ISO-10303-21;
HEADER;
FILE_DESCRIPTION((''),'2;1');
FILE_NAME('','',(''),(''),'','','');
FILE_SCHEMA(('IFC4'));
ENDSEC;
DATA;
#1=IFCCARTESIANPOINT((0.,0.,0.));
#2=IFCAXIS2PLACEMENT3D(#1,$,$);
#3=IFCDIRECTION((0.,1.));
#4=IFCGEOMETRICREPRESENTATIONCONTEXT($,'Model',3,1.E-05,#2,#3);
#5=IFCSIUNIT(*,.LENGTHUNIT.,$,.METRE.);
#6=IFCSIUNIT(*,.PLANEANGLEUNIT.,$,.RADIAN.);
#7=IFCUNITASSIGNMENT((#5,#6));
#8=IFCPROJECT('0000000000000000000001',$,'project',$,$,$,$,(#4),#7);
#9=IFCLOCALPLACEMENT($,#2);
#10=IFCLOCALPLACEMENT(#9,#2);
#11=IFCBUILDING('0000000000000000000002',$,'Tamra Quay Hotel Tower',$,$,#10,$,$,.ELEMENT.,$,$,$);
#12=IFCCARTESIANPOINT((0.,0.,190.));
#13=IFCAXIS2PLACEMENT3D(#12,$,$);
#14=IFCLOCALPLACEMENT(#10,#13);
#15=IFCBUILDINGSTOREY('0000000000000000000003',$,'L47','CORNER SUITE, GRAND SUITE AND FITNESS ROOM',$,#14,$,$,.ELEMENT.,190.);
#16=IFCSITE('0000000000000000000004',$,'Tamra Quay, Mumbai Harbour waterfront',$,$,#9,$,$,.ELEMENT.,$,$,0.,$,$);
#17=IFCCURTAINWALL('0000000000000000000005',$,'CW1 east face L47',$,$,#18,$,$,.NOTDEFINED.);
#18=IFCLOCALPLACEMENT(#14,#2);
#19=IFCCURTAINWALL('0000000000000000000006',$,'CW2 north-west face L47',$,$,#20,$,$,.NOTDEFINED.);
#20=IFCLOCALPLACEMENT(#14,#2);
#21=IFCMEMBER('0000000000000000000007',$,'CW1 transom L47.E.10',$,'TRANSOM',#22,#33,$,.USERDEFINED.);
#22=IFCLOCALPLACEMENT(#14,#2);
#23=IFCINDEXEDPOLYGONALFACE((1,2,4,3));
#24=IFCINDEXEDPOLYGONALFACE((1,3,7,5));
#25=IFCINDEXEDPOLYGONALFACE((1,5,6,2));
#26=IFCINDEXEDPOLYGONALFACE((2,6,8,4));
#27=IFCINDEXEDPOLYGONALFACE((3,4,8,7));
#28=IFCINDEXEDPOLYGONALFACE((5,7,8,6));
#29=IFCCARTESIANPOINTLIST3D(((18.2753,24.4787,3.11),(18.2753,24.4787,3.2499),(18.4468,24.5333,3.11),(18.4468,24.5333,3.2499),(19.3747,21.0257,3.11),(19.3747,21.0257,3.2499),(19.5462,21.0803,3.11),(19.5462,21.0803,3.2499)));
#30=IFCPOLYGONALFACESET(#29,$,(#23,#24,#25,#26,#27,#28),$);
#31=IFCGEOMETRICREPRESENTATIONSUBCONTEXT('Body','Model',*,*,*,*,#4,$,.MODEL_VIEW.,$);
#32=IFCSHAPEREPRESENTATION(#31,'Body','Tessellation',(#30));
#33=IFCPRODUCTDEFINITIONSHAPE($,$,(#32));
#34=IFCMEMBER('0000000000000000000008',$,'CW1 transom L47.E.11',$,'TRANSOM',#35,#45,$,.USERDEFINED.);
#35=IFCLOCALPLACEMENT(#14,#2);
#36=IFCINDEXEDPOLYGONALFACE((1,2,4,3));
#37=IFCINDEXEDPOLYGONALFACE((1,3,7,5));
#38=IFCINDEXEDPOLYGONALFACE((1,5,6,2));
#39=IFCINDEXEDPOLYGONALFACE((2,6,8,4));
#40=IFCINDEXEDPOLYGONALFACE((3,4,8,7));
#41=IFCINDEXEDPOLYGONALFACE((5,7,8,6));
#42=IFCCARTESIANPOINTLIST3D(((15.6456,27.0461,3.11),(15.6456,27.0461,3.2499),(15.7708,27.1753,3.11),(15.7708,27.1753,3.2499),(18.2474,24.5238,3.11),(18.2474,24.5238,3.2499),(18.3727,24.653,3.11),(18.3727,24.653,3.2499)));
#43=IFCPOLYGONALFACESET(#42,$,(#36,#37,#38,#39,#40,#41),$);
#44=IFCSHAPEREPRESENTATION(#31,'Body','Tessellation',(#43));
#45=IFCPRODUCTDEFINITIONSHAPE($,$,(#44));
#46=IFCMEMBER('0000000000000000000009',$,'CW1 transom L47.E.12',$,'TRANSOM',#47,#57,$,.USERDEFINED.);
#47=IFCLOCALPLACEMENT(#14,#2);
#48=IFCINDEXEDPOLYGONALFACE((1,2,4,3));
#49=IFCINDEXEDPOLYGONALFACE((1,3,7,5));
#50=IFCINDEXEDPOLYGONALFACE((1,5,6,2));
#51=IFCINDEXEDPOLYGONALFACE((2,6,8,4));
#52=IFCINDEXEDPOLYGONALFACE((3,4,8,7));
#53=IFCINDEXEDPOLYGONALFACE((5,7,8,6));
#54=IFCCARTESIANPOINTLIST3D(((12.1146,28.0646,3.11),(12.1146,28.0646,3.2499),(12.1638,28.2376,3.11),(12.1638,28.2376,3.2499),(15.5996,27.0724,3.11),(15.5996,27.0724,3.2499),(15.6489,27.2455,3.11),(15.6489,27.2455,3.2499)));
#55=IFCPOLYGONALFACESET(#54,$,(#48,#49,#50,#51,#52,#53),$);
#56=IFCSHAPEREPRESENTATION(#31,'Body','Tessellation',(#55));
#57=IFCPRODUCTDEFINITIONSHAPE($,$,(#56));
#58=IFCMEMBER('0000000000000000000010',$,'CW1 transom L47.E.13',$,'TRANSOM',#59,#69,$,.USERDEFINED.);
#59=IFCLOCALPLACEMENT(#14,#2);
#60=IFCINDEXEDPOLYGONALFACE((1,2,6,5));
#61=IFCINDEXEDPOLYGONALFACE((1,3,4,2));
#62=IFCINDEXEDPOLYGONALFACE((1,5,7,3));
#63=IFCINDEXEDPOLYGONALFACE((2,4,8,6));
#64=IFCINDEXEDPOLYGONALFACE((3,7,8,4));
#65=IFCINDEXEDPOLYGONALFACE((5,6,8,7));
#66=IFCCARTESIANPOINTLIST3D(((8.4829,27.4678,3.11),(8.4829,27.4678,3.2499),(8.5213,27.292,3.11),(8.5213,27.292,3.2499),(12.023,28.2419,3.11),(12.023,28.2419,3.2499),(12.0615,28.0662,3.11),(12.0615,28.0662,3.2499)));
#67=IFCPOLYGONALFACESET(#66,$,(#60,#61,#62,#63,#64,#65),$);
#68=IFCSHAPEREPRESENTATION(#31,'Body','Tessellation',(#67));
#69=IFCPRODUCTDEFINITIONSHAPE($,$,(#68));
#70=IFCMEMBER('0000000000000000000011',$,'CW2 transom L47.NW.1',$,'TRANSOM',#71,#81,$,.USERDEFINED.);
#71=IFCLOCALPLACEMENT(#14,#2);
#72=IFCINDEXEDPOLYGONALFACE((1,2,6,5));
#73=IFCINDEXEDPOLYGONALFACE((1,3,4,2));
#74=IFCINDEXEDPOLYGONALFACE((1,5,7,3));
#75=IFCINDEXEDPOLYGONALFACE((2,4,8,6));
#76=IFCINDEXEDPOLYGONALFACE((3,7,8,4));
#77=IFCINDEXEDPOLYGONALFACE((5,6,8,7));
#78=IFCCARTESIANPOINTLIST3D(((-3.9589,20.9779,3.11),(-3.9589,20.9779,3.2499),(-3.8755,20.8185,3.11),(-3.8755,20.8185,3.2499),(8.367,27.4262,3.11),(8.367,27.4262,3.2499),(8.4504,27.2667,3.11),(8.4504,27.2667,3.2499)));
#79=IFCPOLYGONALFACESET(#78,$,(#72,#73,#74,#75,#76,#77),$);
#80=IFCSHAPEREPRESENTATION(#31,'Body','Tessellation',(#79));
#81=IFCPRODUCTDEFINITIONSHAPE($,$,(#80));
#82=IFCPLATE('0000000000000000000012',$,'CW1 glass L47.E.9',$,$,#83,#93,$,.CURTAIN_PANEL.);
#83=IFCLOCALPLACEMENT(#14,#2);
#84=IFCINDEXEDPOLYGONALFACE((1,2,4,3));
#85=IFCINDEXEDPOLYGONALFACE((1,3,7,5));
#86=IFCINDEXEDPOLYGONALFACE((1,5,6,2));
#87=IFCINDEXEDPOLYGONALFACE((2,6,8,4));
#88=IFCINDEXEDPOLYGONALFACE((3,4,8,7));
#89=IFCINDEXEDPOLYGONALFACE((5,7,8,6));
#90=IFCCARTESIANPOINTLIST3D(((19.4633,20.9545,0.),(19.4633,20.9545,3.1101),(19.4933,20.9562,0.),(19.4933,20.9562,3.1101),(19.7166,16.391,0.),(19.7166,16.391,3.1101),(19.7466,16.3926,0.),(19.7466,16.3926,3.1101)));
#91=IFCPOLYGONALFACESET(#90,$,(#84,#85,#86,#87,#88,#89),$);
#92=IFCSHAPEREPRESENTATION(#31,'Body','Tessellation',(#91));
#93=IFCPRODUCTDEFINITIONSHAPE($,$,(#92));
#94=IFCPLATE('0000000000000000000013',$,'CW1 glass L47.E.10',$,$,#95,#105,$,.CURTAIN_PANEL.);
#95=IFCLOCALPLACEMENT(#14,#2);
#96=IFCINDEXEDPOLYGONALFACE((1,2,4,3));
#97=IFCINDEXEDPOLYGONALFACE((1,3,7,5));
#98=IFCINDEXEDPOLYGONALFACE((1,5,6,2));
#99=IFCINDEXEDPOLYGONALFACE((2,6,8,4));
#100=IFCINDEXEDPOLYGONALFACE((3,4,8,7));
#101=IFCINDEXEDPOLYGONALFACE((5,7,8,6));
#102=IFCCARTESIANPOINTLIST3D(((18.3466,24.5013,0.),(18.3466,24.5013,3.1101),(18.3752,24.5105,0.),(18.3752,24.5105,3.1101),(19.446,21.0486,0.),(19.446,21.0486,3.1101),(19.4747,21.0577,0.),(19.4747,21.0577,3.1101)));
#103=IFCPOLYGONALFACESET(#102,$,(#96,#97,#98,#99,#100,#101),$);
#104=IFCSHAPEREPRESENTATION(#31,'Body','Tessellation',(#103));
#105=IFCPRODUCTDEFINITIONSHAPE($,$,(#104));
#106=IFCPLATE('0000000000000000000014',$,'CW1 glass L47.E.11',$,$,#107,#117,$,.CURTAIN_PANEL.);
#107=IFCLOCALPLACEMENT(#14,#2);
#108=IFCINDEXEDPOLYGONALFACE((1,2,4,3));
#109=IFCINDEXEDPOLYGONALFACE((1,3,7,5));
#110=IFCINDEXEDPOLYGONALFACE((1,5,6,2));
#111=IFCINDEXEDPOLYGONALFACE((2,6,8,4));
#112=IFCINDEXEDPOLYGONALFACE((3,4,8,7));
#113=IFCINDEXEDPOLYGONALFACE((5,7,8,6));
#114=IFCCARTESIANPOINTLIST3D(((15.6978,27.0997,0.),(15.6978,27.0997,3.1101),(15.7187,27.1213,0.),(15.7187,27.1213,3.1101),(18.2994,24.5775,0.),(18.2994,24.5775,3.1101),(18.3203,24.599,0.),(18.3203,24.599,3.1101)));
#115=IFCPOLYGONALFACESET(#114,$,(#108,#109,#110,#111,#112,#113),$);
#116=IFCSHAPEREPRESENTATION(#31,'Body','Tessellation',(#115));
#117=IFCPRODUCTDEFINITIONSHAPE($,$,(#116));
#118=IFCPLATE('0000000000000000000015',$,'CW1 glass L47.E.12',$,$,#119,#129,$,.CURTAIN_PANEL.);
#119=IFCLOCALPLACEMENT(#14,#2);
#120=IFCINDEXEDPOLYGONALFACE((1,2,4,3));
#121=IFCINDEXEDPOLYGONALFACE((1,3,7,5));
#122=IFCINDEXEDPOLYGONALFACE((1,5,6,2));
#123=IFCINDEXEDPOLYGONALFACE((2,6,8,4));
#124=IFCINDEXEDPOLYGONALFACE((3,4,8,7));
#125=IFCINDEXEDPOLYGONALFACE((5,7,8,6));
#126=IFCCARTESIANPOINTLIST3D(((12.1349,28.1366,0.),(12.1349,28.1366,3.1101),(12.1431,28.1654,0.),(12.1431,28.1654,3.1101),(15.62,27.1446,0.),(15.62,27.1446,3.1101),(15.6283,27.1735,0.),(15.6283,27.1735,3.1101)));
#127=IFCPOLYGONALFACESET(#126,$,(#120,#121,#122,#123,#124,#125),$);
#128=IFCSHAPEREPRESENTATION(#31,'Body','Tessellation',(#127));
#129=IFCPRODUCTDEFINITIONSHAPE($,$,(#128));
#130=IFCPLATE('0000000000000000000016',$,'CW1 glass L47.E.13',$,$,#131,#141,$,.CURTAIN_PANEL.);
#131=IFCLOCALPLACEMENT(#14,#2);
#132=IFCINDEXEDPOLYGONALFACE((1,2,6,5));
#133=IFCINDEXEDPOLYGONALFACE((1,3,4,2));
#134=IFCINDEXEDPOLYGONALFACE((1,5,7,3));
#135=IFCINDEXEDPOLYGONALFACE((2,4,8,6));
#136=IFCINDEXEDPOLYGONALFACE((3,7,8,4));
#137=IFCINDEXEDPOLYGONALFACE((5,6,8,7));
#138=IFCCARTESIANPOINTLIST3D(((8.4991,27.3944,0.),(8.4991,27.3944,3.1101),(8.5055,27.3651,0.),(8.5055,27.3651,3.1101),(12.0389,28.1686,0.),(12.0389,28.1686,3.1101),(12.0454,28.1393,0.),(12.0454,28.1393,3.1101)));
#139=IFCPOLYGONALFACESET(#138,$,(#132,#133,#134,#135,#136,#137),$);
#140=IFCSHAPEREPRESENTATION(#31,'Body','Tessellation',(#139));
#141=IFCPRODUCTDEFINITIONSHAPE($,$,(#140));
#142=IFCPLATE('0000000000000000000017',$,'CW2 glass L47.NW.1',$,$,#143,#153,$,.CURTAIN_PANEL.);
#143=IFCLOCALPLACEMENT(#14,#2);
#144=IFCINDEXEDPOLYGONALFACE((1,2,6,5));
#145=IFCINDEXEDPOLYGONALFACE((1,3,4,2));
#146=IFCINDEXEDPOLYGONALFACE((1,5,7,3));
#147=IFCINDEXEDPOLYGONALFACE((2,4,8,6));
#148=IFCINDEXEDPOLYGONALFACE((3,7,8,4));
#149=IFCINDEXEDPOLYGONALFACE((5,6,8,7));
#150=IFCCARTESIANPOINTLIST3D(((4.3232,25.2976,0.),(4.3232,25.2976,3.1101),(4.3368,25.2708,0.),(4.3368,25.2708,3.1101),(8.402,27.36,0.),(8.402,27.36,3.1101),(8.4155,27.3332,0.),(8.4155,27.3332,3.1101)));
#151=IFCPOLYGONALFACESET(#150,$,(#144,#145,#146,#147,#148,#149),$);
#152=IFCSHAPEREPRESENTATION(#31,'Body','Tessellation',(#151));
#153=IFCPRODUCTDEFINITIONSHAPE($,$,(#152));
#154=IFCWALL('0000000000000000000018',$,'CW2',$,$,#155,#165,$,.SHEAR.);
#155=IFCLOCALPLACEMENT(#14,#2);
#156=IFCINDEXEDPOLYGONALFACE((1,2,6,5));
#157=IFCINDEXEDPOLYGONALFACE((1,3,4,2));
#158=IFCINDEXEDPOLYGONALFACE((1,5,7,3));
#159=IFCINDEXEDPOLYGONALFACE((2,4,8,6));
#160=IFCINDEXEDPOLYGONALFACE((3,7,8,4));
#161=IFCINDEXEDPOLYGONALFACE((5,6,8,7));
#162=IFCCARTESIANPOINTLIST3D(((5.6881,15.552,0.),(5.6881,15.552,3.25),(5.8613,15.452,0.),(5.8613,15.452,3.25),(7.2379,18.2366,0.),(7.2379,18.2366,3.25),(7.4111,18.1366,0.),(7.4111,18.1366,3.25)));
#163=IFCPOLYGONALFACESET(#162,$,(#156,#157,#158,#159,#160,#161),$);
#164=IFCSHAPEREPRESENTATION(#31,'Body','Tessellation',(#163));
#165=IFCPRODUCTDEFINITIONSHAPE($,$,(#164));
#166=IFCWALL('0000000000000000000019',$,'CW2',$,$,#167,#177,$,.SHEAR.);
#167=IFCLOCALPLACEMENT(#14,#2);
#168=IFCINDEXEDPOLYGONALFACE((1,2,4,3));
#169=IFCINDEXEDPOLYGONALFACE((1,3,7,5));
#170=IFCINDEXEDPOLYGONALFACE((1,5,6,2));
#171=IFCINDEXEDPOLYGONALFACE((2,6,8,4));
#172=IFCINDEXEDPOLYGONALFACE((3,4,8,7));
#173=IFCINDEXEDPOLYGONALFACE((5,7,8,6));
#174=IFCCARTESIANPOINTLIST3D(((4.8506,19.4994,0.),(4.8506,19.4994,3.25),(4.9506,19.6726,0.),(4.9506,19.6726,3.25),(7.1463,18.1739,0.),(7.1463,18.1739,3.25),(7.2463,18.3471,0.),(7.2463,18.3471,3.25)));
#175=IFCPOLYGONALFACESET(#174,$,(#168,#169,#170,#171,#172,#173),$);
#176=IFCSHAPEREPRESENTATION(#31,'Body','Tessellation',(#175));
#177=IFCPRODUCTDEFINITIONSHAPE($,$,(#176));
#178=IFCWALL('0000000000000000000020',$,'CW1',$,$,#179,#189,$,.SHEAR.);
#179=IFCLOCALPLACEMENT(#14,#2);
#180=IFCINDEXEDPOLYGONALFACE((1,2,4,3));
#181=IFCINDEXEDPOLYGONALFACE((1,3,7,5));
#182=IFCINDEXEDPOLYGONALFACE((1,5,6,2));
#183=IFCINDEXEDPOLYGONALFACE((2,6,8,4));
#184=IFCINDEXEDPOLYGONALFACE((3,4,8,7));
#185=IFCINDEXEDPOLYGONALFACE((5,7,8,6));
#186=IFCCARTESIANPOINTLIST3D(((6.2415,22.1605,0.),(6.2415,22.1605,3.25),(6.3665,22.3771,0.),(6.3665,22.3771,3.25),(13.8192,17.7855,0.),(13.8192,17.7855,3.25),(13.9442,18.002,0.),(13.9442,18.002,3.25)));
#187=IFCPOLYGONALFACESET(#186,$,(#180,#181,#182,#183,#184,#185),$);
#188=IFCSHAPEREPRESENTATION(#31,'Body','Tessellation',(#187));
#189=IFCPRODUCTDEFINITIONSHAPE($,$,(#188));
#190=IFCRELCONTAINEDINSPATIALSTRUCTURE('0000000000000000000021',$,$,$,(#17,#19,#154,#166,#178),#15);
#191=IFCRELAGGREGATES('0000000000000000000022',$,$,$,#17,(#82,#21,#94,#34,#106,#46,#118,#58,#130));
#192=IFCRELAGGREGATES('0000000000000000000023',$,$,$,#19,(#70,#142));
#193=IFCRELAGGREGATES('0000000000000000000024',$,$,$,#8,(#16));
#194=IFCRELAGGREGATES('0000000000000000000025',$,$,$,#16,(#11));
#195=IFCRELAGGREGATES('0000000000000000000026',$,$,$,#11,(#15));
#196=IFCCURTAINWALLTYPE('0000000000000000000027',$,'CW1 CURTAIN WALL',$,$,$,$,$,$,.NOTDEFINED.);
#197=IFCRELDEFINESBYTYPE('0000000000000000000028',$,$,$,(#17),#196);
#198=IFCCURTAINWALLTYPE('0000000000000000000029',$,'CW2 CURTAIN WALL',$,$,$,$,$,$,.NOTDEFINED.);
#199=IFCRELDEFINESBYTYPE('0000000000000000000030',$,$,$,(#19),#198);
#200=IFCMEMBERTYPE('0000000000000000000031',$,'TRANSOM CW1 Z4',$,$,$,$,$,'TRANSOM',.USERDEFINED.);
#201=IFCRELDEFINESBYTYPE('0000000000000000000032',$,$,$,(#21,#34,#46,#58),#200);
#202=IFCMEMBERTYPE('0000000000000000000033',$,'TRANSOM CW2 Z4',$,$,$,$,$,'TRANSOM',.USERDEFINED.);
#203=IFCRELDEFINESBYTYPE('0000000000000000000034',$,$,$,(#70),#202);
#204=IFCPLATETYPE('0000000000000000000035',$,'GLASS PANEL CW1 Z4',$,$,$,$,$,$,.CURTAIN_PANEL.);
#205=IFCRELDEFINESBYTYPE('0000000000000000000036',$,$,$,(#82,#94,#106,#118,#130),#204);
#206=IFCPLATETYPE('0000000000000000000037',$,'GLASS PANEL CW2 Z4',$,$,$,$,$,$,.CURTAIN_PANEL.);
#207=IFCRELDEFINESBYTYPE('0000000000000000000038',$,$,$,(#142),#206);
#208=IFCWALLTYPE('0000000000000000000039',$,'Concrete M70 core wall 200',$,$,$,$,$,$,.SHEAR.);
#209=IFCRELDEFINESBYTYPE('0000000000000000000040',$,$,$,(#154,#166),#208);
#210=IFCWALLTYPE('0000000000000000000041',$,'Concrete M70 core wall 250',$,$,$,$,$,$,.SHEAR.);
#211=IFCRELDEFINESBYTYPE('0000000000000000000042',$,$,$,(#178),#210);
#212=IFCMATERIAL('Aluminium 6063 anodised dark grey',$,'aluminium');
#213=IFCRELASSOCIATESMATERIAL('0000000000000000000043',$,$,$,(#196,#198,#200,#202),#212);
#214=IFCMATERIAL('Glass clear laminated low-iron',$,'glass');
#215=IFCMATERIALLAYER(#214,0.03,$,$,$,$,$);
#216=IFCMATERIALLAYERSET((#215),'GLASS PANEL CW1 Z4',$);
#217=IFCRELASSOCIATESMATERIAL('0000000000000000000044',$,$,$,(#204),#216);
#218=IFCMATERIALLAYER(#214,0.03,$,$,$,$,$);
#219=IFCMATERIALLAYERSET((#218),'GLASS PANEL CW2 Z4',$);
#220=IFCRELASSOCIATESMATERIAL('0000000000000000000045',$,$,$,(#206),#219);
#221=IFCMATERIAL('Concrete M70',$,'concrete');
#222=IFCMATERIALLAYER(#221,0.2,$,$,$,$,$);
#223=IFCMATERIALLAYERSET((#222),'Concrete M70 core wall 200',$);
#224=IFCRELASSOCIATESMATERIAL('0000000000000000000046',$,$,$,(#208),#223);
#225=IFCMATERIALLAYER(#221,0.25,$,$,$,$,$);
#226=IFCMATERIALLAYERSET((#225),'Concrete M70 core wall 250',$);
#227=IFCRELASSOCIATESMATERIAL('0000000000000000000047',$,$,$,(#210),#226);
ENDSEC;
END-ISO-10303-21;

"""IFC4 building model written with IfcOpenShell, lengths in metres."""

from ifc_helpers import new_model, si_unit, direction, frame, frame_2d, origin, origin_2d, place, context, subcontext, project, spatial, rectangle, extrude, material, layer, layer_set, material_profile, profile_set, type_object, element, aggregate, save


model = new_model("IFC4")

# Units and contexts
model_context = context("Model", 3, precision=1e-05, world=origin(), true_north=direction((0.0, 1.0)))
body_context = subcontext(model_context, "Body", "Model", "MODEL_VIEW")
ifc_project = project(units=[si_unit("LENGTHUNIT", "METRE"), si_unit("PLANEANGLEUNIT", "RADIAN")], contexts=[model_context])

# Site, building, storey
site_placement = place(None, origin())
site = spatial("IfcSite", under=ifc_project, at=site_placement, Name="Tamra Quay, Mumbai Harbour waterfront", CompositionType="ELEMENT", RefElevation=0.0)
building_placement = place(site_placement, origin())
building = spatial("IfcBuilding", under=site, at=building_placement, Name="Tamra Quay Hotel Tower", CompositionType="ELEMENT")
storey_placement = place(building_placement, frame((0.0, 0.0, 190.0)))
storey = spatial("IfcBuildingStorey", under=building, at=storey_placement, Name="L47", Description="CORNER SUITE, GRAND SUITE AND FITNESS ROOM", CompositionType="ELEMENT", Elevation=190.0)

# Shared definitions
ifc_material_1 = material(Name="Concrete M70", Category="concrete")

# Curtain wall
ifc_material_2 = material(Name="Aluminium 6063 anodised dark grey", Category="aluminium")
curtain_wall_type_1 = type_object("IfcCurtainWallType", Name="CW1 CURTAIN WALL", PredefinedType="NOTDEFINED", material=ifc_material_2)
curtain_wall_1_placement = place(storey_placement, origin())
curtain_wall_1 = element("IfcCurtainWall", 1, at=curtain_wall_1_placement, inside=storey, type_object=curtain_wall_type_1, Name="CW1 east face L47", PredefinedType="NOTDEFINED")

# Curtain wall
curtain_wall_type_2 = type_object("IfcCurtainWallType", Name="CW2 CURTAIN WALL", PredefinedType="NOTDEFINED", material=ifc_material_2)
curtain_wall_2_placement = place(storey_placement, origin())
curtain_wall_2 = element("IfcCurtainWall", 2, at=curtain_wall_2_placement, inside=storey, type_object=curtain_wall_type_2, Name="CW2 north-west face L47", PredefinedType="NOTDEFINED")

# Members
ifc_material_profile_1 = material_profile(ifc_material_2, rectangle(XDim=0.1799, YDim=0.1399, at=origin_2d()), Name="TRANSOM 180X140")
ifc_profile_set_1 = profile_set([ifc_material_profile_1], Name="Aluminium 6063 anodised dark grey")
member_type_1 = type_object("IfcMemberType", Name="TRANSOM CW1 Z4", ElementType="TRANSOM", PredefinedType="USERDEFINED", material=ifc_profile_set_1)
member_1_placement = place(storey_placement, frame((19.4604, 21.053, 3.1799), z_axis=(-0.303384, 0.952868, 0.0), x_axis=(-0.952868, -0.303384, 0.0)))
member_1 = element("IfcMember", 3, at=member_1_placement, type_object=member_type_1, Name="CW1 transom L47.E.10", ObjectType="TRANSOM", PredefinedType="USERDEFINED", context=body_context, shape_type="SweptSolid", body=[
    extrude(rectangle(XDim=0.1799, YDim=0.1399, at=origin_2d()), origin(), (0.0, 0.0, 1.0), 3.6238),
])
member_2_placement = place(storey_placement, frame((18.3101, 24.5884, 3.1799), z_axis=(-0.718003, 0.69604, 0.0), x_axis=(-0.69604, -0.718003, 0.0)))
member_2 = element("IfcMember", 4, at=member_2_placement, type_object=member_type_1, Name="CW1 transom L47.E.11", ObjectType="TRANSOM", PredefinedType="USERDEFINED", context=body_context, shape_type="SweptSolid", body=[
    extrude(rectangle(XDim=0.1799, YDim=0.1399, at=origin_2d()), origin(), (0.0, 0.0, 1.0), 3.6238),
])
member_3_placement = place(storey_placement, frame((15.6243, 27.1589, 3.1799), z_axis=(-0.961783, 0.273813, 0.0), x_axis=(-0.273813, -0.961783, 0.0)))
member_3 = element("IfcMember", 5, at=member_3_placement, type_object=member_type_1, Name="CW1 transom L47.E.12", ObjectType="TRANSOM", PredefinedType="USERDEFINED", context=body_context, shape_type="SweptSolid", body=[
    extrude(rectangle(XDim=0.1799, YDim=0.1399, at=origin_2d()), origin(), (0.0, 0.0, 1.0), 3.6235),
])
member_4_placement = place(storey_placement, frame((12.0422, 28.1541, 3.1799), z_axis=(-0.976912, -0.213641, 0.0), x_axis=(0.213641, -0.976912, 0.0)))
member_4 = element("IfcMember", 6, at=member_4_placement, type_object=member_type_1, Name="CW1 transom L47.E.13", ObjectType="TRANSOM", PredefinedType="USERDEFINED", context=body_context, shape_type="SweptSolid", body=[
    extrude(rectangle(XDim=0.1799, YDim=0.1399, at=origin_2d()), origin(), (0.0, 0.0, 1.0), 3.6238),
])
ifc_material_profile_2 = material_profile(ifc_material_2, rectangle(XDim=0.1799, YDim=0.1399, at=origin_2d()), Name="TRANSOM 180X140")
ifc_profile_set_2 = profile_set([ifc_material_profile_2], Name="Aluminium 6063 anodised dark grey")
member_type_2 = type_object("IfcMemberType", Name="TRANSOM CW2 Z4", ElementType="TRANSOM", PredefinedType="USERDEFINED", material=ifc_profile_set_2)
member_5_placement = place(storey_placement, frame((8.4087, 27.3464, 3.1799), z_axis=(-0.886074, -0.463545, 0.0), x_axis=(0.463545, -0.886074, 0.0)))
member_5 = element("IfcMember", 7, at=member_5_placement, type_object=member_type_2, Name="CW2 transom L47.NW.1", ObjectType="TRANSOM", PredefinedType="USERDEFINED", context=body_context, shape_type="SweptSolid", body=[
    extrude(rectangle(XDim=0.1799, YDim=0.1399, at=origin_2d()), origin(), (0.0, 0.0, 1.0), 13.9106),
])

# Plates
ifc_material_3 = material(Name="Glass clear laminated low-iron", Category="glass")
ifc_layer_1 = layer(ifc_material_3, 0.03)
ifc_layer_set_1 = layer_set([ifc_layer_1], Name="GLASS PANEL CW1 Z4")
plate_type_1 = type_object("IfcPlateType", Name="GLASS PANEL CW1 Z4", PredefinedType="CURTAIN_PANEL", material=ifc_layer_set_1)
plate_1_placement = place(storey_placement, frame((19.605, 18.6736, 0.0), z_axis=(0.0, 0.0, 1.0), x_axis=(-0.055416, 0.998463, 0.0)))
plate_1 = element("IfcPlate", 8, at=plate_1_placement, type_object=plate_type_1, Name="CW1 glass L47.E.9", PredefinedType="CURTAIN_PANEL", context=body_context, shape_type="SweptSolid", body=[
    extrude(rectangle(XDim=4.5706, YDim=0.03, at=origin_2d()), origin(), (0.0, 0.0, 1.0), 3.1101),
])
plate_2_placement = place(storey_placement, frame((18.9106, 22.7795, 0.0), z_axis=(0.0, 0.0, 1.0), x_axis=(-0.30341, 0.95286, 0.0)))
plate_2 = element("IfcPlate", 9, at=plate_2_placement, type_object=plate_type_1, Name="CW1 glass L47.E.10", PredefinedType="CURTAIN_PANEL", context=body_context, shape_type="SweptSolid", body=[
    extrude(rectangle(XDim=3.6235, YDim=0.03, at=origin_2d()), origin(), (0.0, 0.0, 1.0), 3.1101),
])
plate_3_placement = place(storey_placement, frame((17.009, 25.8494, 0.0), z_axis=(0.0, 0.0, 1.0), x_axis=(-0.717975, 0.696069, 0.0)))
plate_3 = element("IfcPlate", 10, at=plate_3_placement, type_object=plate_type_1, Name="CW1 glass L47.E.11", PredefinedType="CURTAIN_PANEL", context=body_context, shape_type="SweptSolid", body=[
    extrude(rectangle(XDim=3.6235, YDim=0.03, at=origin_2d()), origin(), (0.0, 0.0, 1.0), 3.1101),
])
plate_4_placement = place(storey_placement, frame((13.8816, 27.655, 0.0), z_axis=(0.0, 0.0, 1.0), x_axis=(-0.961801, 0.27375, 0.0)))
plate_4 = element("IfcPlate", 11, at=plate_4_placement, type_object=plate_type_1, Name="CW1 glass L47.E.12", PredefinedType="CURTAIN_PANEL", context=body_context, shape_type="SweptSolid", body=[
    extrude(rectangle(XDim=3.6235, YDim=0.03, at=origin_2d()), origin(), (0.0, 0.0, 1.0), 3.1101),
])
plate_5_placement = place(storey_placement, frame((10.2722, 27.7668, 0.0), z_axis=(0.0, 0.0, 1.0), x_axis=(-0.976906, -0.213669, 0.0)))
plate_5 = element("IfcPlate", 12, at=plate_5_placement, type_object=plate_type_1, Name="CW1 glass L47.E.13", PredefinedType="CURTAIN_PANEL", context=body_context, shape_type="SweptSolid", body=[
    extrude(rectangle(XDim=3.6235, YDim=0.03, at=origin_2d()), origin(), (0.0, 0.0, 1.0), 3.1101),
])
aggregate(curtain_wall_1, [plate_1, member_1, plate_2, member_2, plate_3, member_3, plate_4, member_4, plate_5])
ifc_layer_2 = layer(ifc_material_3, 0.03)
ifc_layer_set_2 = layer_set([ifc_layer_2], Name="GLASS PANEL CW2 Z4")
plate_type_2 = type_object("IfcPlateType", Name="GLASS PANEL CW2 Z4", PredefinedType="CURTAIN_PANEL", material=ifc_layer_set_2)
plate_6_placement = place(storey_placement, frame((6.3694, 26.3154, 0.0), z_axis=(0.0, 0.0, 1.0), x_axis=(-0.892403, -0.45124, 0.0)))
plate_6 = element("IfcPlate", 13, at=plate_6_placement, type_object=plate_type_2, Name="CW2 glass L47.NW.1", PredefinedType="CURTAIN_PANEL", context=body_context, shape_type="SweptSolid", body=[
    extrude(rectangle(XDim=4.5706, YDim=0.03, at=origin_2d()), origin(), (0.0, 0.0, 1.0), 3.1101),
])
aggregate(curtain_wall_2, [member_5, plate_6])

# Walls
ifc_layer_3 = layer(ifc_material_1, 0.2)
ifc_layer_set_3 = layer_set([ifc_layer_3], Name="Concrete M70 core wall 200")
wall_type_1 = type_object("IfcWallType", Name="Concrete M70 core wall 200", PredefinedType="SHEAR", material=ifc_layer_set_3)
wall_1_placement = place(storey_placement, frame((7.3245, 18.1865, 0.0), z_axis=(0.0, 0.0, 1.0), x_axis=(-0.499968, -0.866044, 0.0)))
element("IfcWall", 14, at=wall_1_placement, inside=storey, type_object=wall_type_1, Name="CW2", PredefinedType="SHEAR", context=body_context, shape_type="SweptSolid", body=[
    extrude(rectangle(XDim=3.0999, YDim=0.2, at=frame_2d((1.5498, 0.0))), origin(), (0.0, 0.0, 1.0), 3.25),
])
wall_2_placement = place(storey_placement, frame((7.1963, 18.2605, 0.0), z_axis=(0.0, 0.0, 1.0), x_axis=(-0.866018, 0.500012, 0.0)))
element("IfcWall", 15, at=wall_2_placement, inside=storey, type_object=wall_type_1, Name="CW2", PredefinedType="SHEAR", context=body_context, shape_type="SweptSolid", body=[
    extrude(rectangle(XDim=2.6509, YDim=0.2, at=frame_2d((1.3254, 0.0))), origin(), (0.0, 0.0, 1.0), 3.25),
])
ifc_layer_4 = layer(ifc_material_1, 0.25)
ifc_layer_set_4 = layer_set([ifc_layer_4], Name="Concrete M70 core wall 250")
wall_type_2 = type_object("IfcWallType", Name="Concrete M70 core wall 250", PredefinedType="SHEAR", material=ifc_layer_set_4)
wall_3_placement = place(storey_placement, frame((6.304, 22.2688, 0.0), z_axis=(0.0, 0.0, 1.0), x_axis=(0.866023, -0.500004, 0.0)))
element("IfcWall", 16, at=wall_3_placement, inside=storey, type_object=wall_type_2, Name="CW1", PredefinedType="SHEAR", context=body_context, shape_type="SweptSolid", body=[
    extrude(rectangle(XDim=8.75, YDim=0.25, at=frame_2d((4.375, 0.0))), origin(), (0.0, 0.0, 1.0), 3.25),
])

save(model, "model.ifc")
